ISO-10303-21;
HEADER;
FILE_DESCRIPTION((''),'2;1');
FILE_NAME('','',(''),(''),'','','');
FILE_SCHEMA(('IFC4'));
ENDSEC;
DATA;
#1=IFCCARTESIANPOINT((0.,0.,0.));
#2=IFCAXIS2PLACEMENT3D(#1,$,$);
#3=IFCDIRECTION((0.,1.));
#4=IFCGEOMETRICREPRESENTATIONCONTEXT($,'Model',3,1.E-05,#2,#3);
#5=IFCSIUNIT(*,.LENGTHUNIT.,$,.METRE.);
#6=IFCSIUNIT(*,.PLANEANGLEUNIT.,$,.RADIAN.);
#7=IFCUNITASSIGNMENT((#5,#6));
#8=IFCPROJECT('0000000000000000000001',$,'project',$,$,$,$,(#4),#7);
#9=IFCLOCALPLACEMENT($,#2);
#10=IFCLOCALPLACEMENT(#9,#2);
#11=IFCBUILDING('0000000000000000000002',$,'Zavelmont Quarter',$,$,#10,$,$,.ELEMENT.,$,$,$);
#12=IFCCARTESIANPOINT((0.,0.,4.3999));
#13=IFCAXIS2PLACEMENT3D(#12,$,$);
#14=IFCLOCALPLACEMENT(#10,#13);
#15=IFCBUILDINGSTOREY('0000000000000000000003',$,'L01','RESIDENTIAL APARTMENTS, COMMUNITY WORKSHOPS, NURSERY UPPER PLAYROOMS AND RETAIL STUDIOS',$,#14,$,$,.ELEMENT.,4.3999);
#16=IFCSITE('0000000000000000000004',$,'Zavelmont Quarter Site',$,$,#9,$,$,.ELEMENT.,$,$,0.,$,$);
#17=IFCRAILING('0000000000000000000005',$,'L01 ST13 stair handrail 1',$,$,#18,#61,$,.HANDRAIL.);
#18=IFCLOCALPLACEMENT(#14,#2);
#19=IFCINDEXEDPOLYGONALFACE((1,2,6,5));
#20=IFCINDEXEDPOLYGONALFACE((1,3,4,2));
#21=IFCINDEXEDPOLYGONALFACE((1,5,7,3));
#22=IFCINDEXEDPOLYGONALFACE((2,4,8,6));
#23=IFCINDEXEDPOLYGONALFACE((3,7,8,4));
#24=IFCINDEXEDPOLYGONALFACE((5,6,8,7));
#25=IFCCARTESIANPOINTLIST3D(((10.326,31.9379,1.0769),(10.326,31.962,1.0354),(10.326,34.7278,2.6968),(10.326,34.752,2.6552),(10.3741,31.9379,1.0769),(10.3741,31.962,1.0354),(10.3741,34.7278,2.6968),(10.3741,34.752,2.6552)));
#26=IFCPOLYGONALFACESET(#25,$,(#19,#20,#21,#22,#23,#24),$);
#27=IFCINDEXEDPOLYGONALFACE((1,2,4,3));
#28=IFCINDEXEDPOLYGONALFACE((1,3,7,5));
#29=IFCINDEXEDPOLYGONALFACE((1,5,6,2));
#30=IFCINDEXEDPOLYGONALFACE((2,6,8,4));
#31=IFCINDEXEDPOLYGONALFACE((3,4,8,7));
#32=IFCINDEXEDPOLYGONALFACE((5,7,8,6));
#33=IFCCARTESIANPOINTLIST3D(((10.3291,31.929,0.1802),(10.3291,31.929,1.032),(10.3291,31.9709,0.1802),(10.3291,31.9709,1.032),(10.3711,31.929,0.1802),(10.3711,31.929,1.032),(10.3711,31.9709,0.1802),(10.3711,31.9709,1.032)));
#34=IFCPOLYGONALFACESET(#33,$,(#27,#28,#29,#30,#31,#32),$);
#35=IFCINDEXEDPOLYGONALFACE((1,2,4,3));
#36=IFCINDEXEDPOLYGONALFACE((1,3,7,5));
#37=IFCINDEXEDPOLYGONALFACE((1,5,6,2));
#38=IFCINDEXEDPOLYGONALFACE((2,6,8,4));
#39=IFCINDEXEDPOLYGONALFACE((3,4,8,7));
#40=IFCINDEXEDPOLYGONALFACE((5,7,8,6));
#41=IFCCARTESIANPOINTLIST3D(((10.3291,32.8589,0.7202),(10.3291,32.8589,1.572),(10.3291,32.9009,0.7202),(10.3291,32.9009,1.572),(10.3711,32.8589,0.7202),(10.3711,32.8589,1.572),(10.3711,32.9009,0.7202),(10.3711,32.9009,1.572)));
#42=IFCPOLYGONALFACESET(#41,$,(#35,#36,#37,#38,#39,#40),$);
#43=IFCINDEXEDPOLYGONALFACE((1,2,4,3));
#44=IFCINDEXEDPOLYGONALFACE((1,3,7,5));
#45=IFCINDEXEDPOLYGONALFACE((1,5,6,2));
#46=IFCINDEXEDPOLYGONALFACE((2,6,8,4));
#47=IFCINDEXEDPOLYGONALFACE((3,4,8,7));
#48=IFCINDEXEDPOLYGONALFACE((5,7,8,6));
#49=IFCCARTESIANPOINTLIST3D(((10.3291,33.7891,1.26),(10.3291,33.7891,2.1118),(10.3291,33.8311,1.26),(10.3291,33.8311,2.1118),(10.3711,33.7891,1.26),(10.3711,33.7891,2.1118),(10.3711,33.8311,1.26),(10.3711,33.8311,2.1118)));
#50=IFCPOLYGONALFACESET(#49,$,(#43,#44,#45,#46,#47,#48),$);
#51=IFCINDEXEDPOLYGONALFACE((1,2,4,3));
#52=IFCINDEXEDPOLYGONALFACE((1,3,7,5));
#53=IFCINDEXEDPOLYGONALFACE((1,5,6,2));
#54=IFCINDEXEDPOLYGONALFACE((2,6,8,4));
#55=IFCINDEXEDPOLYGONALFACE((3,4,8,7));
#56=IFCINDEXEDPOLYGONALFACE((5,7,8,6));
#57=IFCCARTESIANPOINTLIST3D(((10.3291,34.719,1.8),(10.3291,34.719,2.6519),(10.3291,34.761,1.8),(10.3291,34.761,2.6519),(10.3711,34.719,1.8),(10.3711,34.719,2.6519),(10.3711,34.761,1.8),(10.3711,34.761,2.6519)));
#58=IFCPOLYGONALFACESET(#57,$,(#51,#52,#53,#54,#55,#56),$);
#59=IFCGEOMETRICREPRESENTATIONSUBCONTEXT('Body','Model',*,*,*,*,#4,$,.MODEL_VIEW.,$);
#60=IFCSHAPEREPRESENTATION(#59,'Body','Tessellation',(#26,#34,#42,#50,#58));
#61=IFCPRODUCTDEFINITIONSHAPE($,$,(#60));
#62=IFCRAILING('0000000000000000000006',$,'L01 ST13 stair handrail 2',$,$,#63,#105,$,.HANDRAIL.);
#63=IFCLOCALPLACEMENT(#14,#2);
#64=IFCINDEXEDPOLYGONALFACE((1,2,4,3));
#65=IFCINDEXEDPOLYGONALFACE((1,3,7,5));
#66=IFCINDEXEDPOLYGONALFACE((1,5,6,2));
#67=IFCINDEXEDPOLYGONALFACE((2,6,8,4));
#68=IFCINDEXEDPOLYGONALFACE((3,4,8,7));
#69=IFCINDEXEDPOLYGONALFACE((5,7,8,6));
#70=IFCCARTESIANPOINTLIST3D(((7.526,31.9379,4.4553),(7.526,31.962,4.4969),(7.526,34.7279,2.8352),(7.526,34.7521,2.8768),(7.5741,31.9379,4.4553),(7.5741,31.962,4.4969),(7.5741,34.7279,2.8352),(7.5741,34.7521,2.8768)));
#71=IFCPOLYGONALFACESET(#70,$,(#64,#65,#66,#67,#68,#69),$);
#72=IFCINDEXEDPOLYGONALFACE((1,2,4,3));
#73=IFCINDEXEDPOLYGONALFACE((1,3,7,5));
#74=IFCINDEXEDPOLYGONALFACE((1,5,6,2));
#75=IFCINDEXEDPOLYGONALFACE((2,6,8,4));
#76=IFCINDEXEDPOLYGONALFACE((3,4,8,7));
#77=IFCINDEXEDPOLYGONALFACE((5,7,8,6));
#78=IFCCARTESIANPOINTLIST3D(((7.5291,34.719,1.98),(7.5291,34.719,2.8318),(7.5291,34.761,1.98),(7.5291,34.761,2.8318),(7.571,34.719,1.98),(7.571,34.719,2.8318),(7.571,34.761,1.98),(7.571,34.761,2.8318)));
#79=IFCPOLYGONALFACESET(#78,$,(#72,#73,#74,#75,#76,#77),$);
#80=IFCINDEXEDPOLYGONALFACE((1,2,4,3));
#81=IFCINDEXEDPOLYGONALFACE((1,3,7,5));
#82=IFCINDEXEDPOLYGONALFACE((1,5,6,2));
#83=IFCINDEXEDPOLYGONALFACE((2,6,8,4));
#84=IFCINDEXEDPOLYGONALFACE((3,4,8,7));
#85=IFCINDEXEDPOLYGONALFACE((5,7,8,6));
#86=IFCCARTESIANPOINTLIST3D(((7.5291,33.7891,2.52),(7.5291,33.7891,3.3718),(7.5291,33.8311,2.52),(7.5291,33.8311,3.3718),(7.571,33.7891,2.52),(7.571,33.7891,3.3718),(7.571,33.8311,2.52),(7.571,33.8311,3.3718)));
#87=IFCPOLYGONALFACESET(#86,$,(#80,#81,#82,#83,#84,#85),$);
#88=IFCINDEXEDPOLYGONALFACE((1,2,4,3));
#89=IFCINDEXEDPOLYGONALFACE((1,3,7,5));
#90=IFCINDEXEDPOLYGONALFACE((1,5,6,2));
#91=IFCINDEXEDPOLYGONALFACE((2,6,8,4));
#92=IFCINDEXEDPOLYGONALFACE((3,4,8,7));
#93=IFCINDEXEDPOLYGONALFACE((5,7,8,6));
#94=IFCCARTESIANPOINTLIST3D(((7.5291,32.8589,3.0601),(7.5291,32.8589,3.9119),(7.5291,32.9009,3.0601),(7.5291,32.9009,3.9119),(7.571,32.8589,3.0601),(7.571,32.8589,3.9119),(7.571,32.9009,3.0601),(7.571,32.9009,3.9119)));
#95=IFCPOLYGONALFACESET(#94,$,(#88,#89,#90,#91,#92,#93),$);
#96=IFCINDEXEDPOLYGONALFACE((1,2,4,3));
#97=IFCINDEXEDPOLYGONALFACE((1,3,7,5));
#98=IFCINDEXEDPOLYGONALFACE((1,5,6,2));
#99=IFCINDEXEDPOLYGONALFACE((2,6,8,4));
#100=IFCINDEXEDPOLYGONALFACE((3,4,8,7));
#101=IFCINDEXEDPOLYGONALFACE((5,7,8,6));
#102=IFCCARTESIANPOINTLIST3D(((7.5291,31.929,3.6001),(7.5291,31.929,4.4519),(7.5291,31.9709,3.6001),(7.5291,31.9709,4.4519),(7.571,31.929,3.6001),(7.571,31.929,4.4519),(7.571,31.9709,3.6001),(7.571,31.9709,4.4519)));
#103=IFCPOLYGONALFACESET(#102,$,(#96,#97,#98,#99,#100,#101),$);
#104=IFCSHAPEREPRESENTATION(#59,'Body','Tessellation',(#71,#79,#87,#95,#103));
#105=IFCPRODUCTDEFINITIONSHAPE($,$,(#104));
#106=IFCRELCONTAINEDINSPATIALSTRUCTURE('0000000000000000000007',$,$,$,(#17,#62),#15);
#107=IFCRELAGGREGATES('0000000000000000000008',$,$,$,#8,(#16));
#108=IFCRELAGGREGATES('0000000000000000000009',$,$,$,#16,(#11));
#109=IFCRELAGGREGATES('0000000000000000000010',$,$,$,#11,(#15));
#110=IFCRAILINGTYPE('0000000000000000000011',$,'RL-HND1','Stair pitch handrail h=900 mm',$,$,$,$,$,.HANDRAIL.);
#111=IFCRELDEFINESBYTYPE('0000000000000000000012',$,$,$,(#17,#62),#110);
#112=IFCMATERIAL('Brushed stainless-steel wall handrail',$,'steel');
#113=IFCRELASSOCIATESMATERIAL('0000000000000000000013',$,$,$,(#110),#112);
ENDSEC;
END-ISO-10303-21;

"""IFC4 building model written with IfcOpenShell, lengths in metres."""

from ifc_helpers import new_model, si_unit, direction, frame, origin, origin_2d, place, context, subcontext, project, spatial, rectangle, extrude, material, type_object, element, save


model = new_model("IFC4")

# Units and contexts
model_context = context("Model", 3, precision=1e-05, world=origin(), true_north=direction((0.0, 1.0)))
body_context = subcontext(model_context, "Body", "Model", "MODEL_VIEW")
ifc_project = project(units=[si_unit("LENGTHUNIT", "METRE"), si_unit("PLANEANGLEUNIT", "RADIAN")], contexts=[model_context])

# Site, building, storey
site_placement = place(None, origin())
site = spatial("IfcSite", under=ifc_project, at=site_placement, Name="Zavelmont Quarter Site", CompositionType="ELEMENT", RefElevation=0.0)
building_placement = place(site_placement, origin())
building = spatial("IfcBuilding", under=site, at=building_placement, Name="Zavelmont Quarter", CompositionType="ELEMENT")
storey_placement = place(building_placement, frame((0.0, 0.0, 4.3999)))
storey = spatial("IfcBuildingStorey", under=building, at=storey_placement, Name="L01", Description="RESIDENTIAL APARTMENTS, COMMUNITY WORKSHOPS, NURSERY UPPER PLAYROOMS AND RETAIL STUDIOS", CompositionType="ELEMENT", Elevation=4.3999)

# Railings
ifc_material_1 = material(Name="Brushed stainless-steel wall handrail", Category="steel")
railing_type_1 = type_object("IfcRailingType", Name="RL-HND1", Description="Stair pitch handrail h=900 mm", PredefinedType="HANDRAIL", material=ifc_material_1)
railing_1_placement = place(storey_placement, frame((10.3501, 31.95, 0.1802)))
element("IfcRailing", 1, at=railing_1_placement, inside=storey, type_object=railing_type_1, Name="L01 ST13 stair handrail 1", PredefinedType="HANDRAIL", context=body_context, shape_type="SweptSolid", body=[
    extrude(rectangle(XDim=0.0481, YDim=0.0481, at=origin_2d()), frame((0.0, 0.0, 0.876), z_axis=(0.0, 0.864809, 0.502101), x_axis=(-1.0, 0.0, 0.0)), (0.0, 0.0, 1.0), 3.2261),
    extrude(rectangle(XDim=0.042, YDim=0.042, at=origin_2d()), origin(), (0.0, 0.0, 1.0), 0.8518),
    extrude(rectangle(XDim=0.042, YDim=0.042, at=origin_2d()), frame((0.0, 0.9299, 0.54)), (0.0, 0.0, 1.0), 0.8518),
    extrude(rectangle(XDim=0.042, YDim=0.042, at=origin_2d()), frame((0.0, 1.8601, 1.0798)), (0.0, 0.0, 1.0), 0.8518),
    extrude(rectangle(XDim=0.042, YDim=0.042, at=origin_2d()), frame((0.0, 2.79, 1.6199)), (0.0, 0.0, 1.0), 0.8518),
])
railing_2_placement = place(storey_placement, frame((7.55, 34.74, 1.98)))
element("IfcRailing", 2, at=railing_2_placement, inside=storey, type_object=railing_type_1, Name="L01 ST13 stair handrail 2", PredefinedType="HANDRAIL", context=body_context, shape_type="SweptSolid", body=[
    extrude(rectangle(XDim=0.0481, YDim=0.0481, at=origin_2d()), frame((0.0, 0.0, 0.876), z_axis=(0.0, -0.864776, 0.502157), x_axis=(1.0, 0.0, 0.0)), (0.0, 0.0, 1.0), 3.2263),
    extrude(rectangle(XDim=0.042, YDim=0.042, at=origin_2d()), origin(), (0.0, 0.0, 1.0), 0.8518),
    extrude(rectangle(XDim=0.042, YDim=0.042, at=origin_2d()), frame((0.0, -0.9299, 0.54)), (0.0, 0.0, 1.0), 0.8518),
    extrude(rectangle(XDim=0.042, YDim=0.042, at=origin_2d()), frame((0.0, -1.8601, 1.0801)), (0.0, 0.0, 1.0), 0.8518),
    extrude(rectangle(XDim=0.042, YDim=0.042, at=origin_2d()), frame((0.0, -2.79, 1.6201)), (0.0, 0.0, 1.0), 0.8518),
])

save(model, "model.ifc")
